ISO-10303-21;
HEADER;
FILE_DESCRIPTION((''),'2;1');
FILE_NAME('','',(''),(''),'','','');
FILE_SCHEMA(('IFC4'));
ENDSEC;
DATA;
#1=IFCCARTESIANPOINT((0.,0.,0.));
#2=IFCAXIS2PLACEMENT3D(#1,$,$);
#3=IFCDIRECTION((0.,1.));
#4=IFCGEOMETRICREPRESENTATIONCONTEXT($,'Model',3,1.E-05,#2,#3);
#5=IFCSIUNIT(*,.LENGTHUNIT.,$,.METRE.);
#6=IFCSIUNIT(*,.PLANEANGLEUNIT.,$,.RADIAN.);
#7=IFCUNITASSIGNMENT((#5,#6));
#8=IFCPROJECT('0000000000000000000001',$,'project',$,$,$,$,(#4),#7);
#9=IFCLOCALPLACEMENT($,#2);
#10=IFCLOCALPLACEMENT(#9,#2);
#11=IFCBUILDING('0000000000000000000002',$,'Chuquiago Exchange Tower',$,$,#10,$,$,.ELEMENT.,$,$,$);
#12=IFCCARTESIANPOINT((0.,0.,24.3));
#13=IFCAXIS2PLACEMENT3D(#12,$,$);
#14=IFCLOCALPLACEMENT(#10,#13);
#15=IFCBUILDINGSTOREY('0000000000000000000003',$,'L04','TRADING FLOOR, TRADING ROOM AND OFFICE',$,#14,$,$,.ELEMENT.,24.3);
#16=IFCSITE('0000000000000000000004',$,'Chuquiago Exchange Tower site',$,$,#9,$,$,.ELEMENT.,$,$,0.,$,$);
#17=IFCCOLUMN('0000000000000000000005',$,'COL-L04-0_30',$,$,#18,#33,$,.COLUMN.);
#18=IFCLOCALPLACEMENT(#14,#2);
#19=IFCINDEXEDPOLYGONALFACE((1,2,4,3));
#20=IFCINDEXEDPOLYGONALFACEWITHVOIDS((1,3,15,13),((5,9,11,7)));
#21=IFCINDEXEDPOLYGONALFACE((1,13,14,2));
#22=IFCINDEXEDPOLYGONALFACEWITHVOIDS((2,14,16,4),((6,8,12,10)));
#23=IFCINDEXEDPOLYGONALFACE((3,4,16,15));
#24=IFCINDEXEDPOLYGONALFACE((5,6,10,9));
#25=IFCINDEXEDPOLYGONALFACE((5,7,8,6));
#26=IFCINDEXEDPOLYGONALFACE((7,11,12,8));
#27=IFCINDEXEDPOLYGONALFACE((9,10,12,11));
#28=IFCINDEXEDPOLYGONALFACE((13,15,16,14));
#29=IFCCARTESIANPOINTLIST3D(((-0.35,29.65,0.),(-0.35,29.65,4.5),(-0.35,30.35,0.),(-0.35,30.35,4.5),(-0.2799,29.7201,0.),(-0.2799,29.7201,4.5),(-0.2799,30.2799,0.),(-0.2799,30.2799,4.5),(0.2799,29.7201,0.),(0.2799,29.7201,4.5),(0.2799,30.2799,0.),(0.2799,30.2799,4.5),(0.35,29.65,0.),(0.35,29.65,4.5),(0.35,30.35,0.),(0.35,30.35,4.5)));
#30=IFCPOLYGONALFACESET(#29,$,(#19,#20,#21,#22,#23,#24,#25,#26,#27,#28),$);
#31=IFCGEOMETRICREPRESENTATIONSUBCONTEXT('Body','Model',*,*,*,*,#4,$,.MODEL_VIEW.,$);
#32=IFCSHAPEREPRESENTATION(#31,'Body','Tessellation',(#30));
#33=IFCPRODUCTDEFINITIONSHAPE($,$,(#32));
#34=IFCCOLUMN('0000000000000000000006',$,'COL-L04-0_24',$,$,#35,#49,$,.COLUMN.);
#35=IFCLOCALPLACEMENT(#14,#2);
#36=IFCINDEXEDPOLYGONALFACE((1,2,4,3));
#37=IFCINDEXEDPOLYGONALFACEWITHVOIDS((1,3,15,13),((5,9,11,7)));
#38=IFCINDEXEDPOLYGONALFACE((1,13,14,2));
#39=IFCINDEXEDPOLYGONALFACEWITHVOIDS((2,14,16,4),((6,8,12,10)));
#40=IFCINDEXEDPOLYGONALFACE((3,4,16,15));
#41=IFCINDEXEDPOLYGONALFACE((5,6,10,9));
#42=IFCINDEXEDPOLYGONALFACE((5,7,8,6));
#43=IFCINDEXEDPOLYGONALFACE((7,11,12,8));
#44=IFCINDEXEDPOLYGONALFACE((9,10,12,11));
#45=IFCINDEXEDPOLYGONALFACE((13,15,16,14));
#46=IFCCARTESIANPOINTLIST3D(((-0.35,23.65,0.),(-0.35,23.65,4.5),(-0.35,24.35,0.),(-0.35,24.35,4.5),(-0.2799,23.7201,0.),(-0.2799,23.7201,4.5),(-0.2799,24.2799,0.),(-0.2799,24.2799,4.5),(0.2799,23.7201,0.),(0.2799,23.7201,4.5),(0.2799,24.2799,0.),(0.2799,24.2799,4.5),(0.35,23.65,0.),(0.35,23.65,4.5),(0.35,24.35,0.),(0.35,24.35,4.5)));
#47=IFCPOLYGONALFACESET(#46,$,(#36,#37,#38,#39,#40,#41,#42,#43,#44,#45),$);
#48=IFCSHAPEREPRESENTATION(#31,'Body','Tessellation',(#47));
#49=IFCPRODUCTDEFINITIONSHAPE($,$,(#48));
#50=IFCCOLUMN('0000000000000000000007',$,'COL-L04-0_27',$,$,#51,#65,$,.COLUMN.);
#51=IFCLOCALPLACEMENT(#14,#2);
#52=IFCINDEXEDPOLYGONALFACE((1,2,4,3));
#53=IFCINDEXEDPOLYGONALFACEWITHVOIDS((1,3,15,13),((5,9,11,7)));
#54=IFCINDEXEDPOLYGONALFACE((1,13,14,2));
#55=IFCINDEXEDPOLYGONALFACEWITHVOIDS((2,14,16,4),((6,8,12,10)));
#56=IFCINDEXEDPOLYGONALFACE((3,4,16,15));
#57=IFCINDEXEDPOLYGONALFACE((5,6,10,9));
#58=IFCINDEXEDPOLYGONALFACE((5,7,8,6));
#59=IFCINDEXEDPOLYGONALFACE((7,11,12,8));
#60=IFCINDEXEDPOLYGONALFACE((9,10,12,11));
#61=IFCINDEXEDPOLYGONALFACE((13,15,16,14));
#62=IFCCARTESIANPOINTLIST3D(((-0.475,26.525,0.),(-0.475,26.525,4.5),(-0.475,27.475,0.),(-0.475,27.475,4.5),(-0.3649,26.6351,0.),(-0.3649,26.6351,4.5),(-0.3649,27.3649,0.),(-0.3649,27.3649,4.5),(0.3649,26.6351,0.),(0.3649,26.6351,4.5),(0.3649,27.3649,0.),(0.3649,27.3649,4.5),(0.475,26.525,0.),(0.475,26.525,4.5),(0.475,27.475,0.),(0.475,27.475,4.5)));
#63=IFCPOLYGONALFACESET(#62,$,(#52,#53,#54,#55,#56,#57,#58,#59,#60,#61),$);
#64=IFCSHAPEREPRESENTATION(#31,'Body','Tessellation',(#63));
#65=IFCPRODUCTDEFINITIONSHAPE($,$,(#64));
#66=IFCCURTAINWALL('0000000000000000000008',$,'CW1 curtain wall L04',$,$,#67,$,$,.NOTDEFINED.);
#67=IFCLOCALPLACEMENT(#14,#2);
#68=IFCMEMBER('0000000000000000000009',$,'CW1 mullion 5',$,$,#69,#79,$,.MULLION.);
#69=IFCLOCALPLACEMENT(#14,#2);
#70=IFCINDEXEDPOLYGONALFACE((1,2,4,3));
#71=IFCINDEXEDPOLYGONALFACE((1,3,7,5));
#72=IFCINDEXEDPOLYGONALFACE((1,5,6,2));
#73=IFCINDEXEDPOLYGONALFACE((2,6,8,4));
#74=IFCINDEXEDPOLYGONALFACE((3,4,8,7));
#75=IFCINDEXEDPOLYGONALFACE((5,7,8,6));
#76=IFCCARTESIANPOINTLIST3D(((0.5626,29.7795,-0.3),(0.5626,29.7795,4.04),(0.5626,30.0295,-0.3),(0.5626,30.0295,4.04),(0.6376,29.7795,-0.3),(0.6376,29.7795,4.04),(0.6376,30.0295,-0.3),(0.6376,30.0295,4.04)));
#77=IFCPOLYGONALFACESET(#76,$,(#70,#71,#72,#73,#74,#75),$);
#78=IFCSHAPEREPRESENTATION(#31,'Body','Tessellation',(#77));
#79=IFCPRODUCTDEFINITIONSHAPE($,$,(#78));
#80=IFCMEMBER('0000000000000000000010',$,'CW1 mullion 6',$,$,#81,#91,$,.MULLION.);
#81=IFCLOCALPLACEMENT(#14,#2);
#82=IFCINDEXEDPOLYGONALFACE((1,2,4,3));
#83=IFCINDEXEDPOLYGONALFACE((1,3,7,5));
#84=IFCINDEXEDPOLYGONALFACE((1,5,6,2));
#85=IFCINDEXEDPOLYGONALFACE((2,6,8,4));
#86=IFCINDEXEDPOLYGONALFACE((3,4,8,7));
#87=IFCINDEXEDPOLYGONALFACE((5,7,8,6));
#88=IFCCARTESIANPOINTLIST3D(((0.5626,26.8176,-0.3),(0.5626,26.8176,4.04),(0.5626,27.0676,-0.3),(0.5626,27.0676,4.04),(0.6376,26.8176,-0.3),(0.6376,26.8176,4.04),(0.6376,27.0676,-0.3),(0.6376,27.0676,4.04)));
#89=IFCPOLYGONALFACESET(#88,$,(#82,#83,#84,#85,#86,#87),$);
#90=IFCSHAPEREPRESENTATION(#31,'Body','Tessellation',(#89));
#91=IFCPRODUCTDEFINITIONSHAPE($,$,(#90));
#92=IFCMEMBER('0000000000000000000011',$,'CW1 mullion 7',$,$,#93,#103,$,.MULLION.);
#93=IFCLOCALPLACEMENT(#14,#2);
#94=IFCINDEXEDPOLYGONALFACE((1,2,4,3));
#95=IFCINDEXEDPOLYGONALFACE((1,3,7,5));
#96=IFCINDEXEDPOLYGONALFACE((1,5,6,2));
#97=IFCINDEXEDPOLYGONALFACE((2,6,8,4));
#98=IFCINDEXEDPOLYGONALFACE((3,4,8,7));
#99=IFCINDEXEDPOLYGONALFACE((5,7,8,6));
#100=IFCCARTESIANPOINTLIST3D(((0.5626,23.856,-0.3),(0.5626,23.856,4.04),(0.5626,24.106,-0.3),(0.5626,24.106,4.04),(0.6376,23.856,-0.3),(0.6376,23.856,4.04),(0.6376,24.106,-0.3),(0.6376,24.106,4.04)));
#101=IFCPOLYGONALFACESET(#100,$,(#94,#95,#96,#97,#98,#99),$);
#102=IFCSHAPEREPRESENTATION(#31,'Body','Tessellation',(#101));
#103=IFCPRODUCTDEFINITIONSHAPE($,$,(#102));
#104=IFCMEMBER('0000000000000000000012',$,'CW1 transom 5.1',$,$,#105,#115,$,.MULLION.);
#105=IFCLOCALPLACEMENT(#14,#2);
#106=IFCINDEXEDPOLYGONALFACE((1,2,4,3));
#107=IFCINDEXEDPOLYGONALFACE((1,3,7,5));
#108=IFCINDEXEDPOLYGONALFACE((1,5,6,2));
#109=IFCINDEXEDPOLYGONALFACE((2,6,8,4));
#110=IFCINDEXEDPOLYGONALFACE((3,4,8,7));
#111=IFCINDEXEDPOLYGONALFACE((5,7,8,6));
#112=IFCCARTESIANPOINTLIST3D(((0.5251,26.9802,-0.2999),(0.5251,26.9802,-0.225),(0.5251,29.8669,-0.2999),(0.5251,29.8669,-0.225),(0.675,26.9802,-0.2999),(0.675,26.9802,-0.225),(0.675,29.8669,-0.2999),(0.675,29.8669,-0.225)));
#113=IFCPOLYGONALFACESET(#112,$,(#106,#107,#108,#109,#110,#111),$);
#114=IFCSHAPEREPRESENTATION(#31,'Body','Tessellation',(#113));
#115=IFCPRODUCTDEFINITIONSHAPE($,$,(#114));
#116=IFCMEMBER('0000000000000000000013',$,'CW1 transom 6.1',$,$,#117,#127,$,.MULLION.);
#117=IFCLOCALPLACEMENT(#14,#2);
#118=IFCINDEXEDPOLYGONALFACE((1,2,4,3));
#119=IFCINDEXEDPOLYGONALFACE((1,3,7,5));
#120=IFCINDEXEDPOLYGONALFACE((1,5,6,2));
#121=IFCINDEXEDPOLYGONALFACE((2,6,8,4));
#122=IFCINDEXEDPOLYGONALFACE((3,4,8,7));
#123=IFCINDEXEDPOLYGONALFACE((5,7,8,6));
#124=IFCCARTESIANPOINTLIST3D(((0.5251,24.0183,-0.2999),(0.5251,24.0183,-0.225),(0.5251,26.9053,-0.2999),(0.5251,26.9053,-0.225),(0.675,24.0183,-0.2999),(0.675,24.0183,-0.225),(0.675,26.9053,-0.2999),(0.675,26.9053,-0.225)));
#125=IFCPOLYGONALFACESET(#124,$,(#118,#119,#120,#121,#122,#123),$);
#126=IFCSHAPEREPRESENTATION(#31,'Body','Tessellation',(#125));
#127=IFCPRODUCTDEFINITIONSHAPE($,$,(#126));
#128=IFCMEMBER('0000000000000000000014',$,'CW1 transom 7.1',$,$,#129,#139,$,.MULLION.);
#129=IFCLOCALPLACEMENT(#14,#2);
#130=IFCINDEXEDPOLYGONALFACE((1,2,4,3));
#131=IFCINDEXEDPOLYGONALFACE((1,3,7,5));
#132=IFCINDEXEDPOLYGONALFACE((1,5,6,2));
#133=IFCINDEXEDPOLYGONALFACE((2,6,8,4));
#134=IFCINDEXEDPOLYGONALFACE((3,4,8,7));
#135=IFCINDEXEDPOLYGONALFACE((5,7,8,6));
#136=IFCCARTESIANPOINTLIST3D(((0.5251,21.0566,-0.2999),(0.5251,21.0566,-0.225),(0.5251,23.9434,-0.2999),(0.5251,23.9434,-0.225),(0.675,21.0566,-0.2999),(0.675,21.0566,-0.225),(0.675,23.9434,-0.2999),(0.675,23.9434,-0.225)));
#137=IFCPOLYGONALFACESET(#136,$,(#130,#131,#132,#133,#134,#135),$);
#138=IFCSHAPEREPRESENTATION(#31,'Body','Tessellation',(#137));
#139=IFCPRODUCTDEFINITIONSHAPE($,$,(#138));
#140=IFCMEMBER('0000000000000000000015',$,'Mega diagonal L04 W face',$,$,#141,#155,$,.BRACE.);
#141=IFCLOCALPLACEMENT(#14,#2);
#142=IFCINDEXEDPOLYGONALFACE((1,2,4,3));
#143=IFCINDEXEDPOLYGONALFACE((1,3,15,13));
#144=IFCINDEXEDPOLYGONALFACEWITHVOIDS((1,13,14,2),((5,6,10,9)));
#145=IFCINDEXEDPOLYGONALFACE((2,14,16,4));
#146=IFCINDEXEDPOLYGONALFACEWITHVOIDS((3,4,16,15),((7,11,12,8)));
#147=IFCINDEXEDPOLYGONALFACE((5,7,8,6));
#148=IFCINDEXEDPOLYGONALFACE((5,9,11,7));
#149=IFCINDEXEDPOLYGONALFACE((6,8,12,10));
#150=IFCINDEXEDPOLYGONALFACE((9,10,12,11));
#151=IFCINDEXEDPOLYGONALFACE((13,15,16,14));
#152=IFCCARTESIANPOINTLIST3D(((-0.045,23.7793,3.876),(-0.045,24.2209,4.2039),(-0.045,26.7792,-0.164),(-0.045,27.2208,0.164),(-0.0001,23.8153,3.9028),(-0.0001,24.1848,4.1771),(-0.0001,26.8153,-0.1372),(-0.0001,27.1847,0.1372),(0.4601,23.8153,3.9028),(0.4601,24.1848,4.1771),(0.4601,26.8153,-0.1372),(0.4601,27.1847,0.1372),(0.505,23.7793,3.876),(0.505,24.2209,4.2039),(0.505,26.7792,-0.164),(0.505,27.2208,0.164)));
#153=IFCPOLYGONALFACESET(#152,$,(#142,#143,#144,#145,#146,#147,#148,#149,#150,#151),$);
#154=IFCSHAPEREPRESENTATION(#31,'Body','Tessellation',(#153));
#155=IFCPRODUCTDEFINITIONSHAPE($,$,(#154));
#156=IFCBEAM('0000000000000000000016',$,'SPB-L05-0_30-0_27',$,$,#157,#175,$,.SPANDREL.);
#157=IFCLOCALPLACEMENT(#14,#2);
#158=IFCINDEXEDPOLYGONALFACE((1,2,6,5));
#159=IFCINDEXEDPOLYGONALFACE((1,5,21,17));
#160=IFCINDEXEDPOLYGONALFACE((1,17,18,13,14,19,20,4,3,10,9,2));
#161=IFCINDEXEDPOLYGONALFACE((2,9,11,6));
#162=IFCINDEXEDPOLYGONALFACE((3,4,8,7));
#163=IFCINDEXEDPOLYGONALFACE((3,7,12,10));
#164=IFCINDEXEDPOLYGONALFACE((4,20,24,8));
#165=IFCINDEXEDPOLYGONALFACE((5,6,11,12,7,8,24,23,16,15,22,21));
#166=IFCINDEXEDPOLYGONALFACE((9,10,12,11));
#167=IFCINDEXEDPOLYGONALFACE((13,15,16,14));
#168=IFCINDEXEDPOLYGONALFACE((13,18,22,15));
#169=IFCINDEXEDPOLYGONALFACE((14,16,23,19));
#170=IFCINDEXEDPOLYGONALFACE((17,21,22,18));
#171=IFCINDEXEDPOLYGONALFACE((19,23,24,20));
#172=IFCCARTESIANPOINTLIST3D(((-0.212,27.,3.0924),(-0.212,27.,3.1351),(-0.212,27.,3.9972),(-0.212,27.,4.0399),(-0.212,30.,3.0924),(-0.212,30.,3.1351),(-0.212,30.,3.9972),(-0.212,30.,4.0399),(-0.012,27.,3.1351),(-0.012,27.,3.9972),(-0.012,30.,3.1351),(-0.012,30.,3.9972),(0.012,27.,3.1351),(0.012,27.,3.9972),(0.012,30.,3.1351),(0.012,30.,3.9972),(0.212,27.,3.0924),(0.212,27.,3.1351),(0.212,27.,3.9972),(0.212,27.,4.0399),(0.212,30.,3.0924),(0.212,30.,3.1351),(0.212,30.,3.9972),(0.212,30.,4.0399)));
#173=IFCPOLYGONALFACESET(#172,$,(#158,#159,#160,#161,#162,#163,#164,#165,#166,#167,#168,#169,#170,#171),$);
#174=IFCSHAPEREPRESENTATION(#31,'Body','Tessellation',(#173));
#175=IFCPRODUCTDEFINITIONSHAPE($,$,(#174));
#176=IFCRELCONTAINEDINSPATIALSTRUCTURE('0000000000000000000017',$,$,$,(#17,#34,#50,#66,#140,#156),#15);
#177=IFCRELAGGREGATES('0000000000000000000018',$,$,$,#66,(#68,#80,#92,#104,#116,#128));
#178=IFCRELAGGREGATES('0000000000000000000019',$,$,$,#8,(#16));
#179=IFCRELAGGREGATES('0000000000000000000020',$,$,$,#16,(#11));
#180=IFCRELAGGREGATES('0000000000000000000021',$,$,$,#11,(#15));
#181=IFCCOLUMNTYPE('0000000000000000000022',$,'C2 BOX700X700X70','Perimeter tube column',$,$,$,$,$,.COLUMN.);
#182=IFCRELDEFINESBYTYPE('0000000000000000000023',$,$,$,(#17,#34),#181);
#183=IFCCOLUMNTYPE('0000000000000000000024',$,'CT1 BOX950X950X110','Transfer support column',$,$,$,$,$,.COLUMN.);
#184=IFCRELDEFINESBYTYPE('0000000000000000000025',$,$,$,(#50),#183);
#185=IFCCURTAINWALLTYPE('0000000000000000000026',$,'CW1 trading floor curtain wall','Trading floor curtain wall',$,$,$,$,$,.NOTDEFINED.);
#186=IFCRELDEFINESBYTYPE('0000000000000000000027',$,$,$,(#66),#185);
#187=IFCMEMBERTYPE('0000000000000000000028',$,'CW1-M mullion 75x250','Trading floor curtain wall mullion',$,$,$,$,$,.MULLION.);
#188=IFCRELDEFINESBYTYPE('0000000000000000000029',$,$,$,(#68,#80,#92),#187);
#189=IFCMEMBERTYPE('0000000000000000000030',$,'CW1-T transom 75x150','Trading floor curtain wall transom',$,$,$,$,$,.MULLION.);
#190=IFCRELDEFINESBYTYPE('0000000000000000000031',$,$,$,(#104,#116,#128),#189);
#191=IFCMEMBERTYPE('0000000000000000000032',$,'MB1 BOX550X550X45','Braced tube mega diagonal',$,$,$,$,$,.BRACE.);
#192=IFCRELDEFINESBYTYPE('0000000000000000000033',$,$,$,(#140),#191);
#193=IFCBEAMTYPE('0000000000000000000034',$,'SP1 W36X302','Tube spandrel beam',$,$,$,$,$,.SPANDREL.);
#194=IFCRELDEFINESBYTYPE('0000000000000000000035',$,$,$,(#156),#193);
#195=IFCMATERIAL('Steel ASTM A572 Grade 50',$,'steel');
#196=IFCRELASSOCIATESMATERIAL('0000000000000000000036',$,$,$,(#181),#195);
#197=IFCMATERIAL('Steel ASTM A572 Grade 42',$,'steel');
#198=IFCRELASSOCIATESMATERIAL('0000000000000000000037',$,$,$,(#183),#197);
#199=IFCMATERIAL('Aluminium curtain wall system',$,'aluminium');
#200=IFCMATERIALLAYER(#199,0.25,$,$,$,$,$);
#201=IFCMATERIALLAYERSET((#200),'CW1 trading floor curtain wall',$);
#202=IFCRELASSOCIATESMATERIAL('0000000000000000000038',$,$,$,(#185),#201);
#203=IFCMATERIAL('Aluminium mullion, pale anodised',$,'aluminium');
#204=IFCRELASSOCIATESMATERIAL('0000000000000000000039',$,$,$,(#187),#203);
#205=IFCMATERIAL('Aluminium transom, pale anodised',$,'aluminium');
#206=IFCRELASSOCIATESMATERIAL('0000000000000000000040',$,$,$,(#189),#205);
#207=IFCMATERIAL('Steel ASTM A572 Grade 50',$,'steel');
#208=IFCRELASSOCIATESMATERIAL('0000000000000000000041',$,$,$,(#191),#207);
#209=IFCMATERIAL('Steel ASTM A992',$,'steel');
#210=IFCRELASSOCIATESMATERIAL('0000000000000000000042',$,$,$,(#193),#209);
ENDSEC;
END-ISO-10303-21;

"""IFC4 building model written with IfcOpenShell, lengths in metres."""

from ifc_helpers import new_model, si_unit, direction, frame, origin, origin_2d, place, context, subcontext, project, spatial, rectangle, hollow_rectangle, i_section, extrude, material, layer, layer_set, material_profile, profile_set, type_object, element, aggregate, save


model = new_model("IFC4")

# Units and contexts
model_context = context("Model", 3, precision=1e-05, world=origin(), true_north=direction((0.0, 1.0)))
body_context = subcontext(model_context, "Body", "Model", "MODEL_VIEW")
ifc_project = project(units=[si_unit("LENGTHUNIT", "METRE"), si_unit("PLANEANGLEUNIT", "RADIAN")], contexts=[model_context])

# Site, building, storey
site_placement = place(None, origin())
site = spatial("IfcSite", under=ifc_project, at=site_placement, Name="Chuquiago Exchange Tower site", CompositionType="ELEMENT", RefElevation=0.0)
building_placement = place(site_placement, origin())
building = spatial("IfcBuilding", under=site, at=building_placement, Name="Chuquiago Exchange Tower", CompositionType="ELEMENT")
storey_placement = place(building_placement, frame((0.0, 0.0, 24.3)))
storey = spatial("IfcBuildingStorey", under=building, at=storey_placement, Name="L04", Description="TRADING FLOOR, TRADING ROOM AND OFFICE", CompositionType="ELEMENT", Elevation=24.3)

# Columns
ifc_material_1 = material(Name="Steel ASTM A572 Grade 50", Category="steel")
ifc_material_profile_1 = material_profile(ifc_material_1, hollow_rectangle(XDim=0.7, YDim=0.7, WallThickness=0.0701, at=origin_2d()), Name="BOX700X700X70")
ifc_profile_set_1 = profile_set([ifc_material_profile_1], Name="Steel ASTM A572 Grade 50")
column_type_1 = type_object("IfcColumnType", Name="C2 BOX700X700X70", Description="Perimeter tube column", PredefinedType="COLUMN", material=ifc_profile_set_1)
for number, where, z_axis, x_axis, name in (
    (1, (0.0, 30.0, 0.0), (0.0, 0.0, 1.0), (-1.0, 0.0, 0.0), "COL-L04-0_30"),
    (2, (0.0, 24.0, 0.0), (0.0, 0.0, 1.0), (-1.0, 0.0, 0.0), "COL-L04-0_24"),
):
    element("IfcColumn", number, at=place(storey_placement, frame(where, z_axis=z_axis, x_axis=x_axis)), inside=storey, type_object=column_type_1, Name=name, PredefinedType="COLUMN", context=body_context, shape_type="SweptSolid", body=[
        extrude(hollow_rectangle(XDim=0.7, YDim=0.7, WallThickness=0.0701, at=origin_2d()), origin(), (0.0, 0.0, 1.0), 4.5),
    ])
ifc_material_2 = material(Name="Steel ASTM A572 Grade 42", Category="steel")
ifc_material_profile_2 = material_profile(ifc_material_2, hollow_rectangle(XDim=0.95, YDim=0.95, WallThickness=0.1101, at=origin_2d()), Name="BOX950X950X110")
ifc_profile_set_2 = profile_set([ifc_material_profile_2], Name="Steel ASTM A572 Grade 42")
column_type_2 = type_object("IfcColumnType", Name="CT1 BOX950X950X110", Description="Transfer support column", PredefinedType="COLUMN", material=ifc_profile_set_2)
column_placement = place(storey_placement, frame((0.0, 27.0, 0.0), z_axis=(0.0, 0.0, 1.0), x_axis=(-1.0, 0.0, 0.0)))
element("IfcColumn", 3, at=column_placement, inside=storey, type_object=column_type_2, Name="COL-L04-0_27", PredefinedType="COLUMN", context=body_context, shape_type="SweptSolid", body=[
    extrude(hollow_rectangle(XDim=0.95, YDim=0.95, WallThickness=0.1101, at=origin_2d()), origin(), (0.0, 0.0, 1.0), 4.5),
])

# Curtain wall, members
ifc_material_3 = material(Name="Aluminium curtain wall system", Category="aluminium")
ifc_layer_1 = layer(ifc_material_3, 0.25)
ifc_layer_set_1 = layer_set([ifc_layer_1], Name="CW1 trading floor curtain wall")
curtain_wall_type = type_object("IfcCurtainWallType", Name="CW1 trading floor curtain wall", Description="Trading floor curtain wall", PredefinedType="NOTDEFINED", material=ifc_layer_set_1)
curtain_wall_placement = place(storey_placement, origin())
curtain_wall = element("IfcCurtainWall", 4, at=curtain_wall_placement, inside=storey, type_object=curtain_wall_type, Name="CW1 curtain wall L04", PredefinedType="NOTDEFINED")
ifc_material_4 = material(Name="Aluminium mullion, pale anodised", Category="aluminium")
ifc_material_profile_3 = material_profile(ifc_material_4, rectangle(XDim=0.075, YDim=0.25, at=origin_2d()), Name="AL 75x250")
ifc_profile_set_3 = profile_set([ifc_material_profile_3], Name="Aluminium mullion, pale anodised")
member_type_1 = type_object("IfcMemberType", Name="CW1-M mullion 75x250", Description="Trading floor curtain wall mullion", PredefinedType="MULLION", material=ifc_profile_set_3)
member_1_placement = place(storey_placement, frame((0.6001, 29.9045, -0.3), z_axis=(0.0, 0.0, 1.0), x_axis=(1.0, 0.0, 0.0)))
member_1 = element("IfcMember", 5, at=member_1_placement, type_object=member_type_1, Name="CW1 mullion 5", PredefinedType="MULLION", context=body_context, shape_type="SweptSolid", body=[
    extrude(rectangle(XDim=0.075, YDim=0.25, at=origin_2d()), origin(), (0.0, 0.0, 1.0), 4.3401),
])
member_2_placement = place(storey_placement, frame((0.6001, 26.9426, -0.3), z_axis=(0.0, 0.0, 1.0), x_axis=(1.0, 0.0, 0.0)))
member_2 = element("IfcMember", 6, at=member_2_placement, type_object=member_type_1, Name="CW1 mullion 6", PredefinedType="MULLION", context=body_context, shape_type="SweptSolid", body=[
    extrude(rectangle(XDim=0.075, YDim=0.25, at=origin_2d()), origin(), (0.0, 0.0, 1.0), 4.3401),
])
member_3_placement = place(storey_placement, frame((0.6001, 23.981, -0.3), z_axis=(0.0, 0.0, 1.0), x_axis=(1.0, 0.0, 0.0)))
member_3 = element("IfcMember", 7, at=member_3_placement, type_object=member_type_1, Name="CW1 mullion 7", PredefinedType="MULLION", context=body_context, shape_type="SweptSolid", body=[
    extrude(rectangle(XDim=0.075, YDim=0.25, at=origin_2d()), origin(), (0.0, 0.0, 1.0), 4.3401),
])
ifc_material_5 = material(Name="Aluminium transom, pale anodised", Category="aluminium")
ifc_material_profile_4 = material_profile(ifc_material_5, rectangle(XDim=0.1499, YDim=0.075, at=origin_2d()), Name="AL 150x75")
ifc_profile_set_4 = profile_set([ifc_material_profile_4], Name="Aluminium transom, pale anodised")
member_type_2 = type_object("IfcMemberType", Name="CW1-T transom 75x150", Description="Trading floor curtain wall transom", PredefinedType="MULLION", material=ifc_profile_set_4)
member_4_placement = place(storey_placement, frame((0.6001, 29.8669, -0.2625), z_axis=(0.0, -1.0, 0.0), x_axis=(1.0, 0.0, 0.0)))
member_4 = element("IfcMember", 8, at=member_4_placement, type_object=member_type_2, Name="CW1 transom 5.1", PredefinedType="MULLION", context=body_context, shape_type="SweptSolid", body=[
    extrude(rectangle(XDim=0.1499, YDim=0.075, at=origin_2d()), origin(), (0.0, 0.0, 1.0), 2.8867),
])
member_5_placement = place(storey_placement, frame((0.6001, 26.9053, -0.2625), z_axis=(0.0, -1.0, 0.0), x_axis=(1.0, 0.0, 0.0)))
member_5 = element("IfcMember", 9, at=member_5_placement, type_object=member_type_2, Name="CW1 transom 6.1", PredefinedType="MULLION", context=body_context, shape_type="SweptSolid", body=[
    extrude(rectangle(XDim=0.1499, YDim=0.075, at=origin_2d()), origin(), (0.0, 0.0, 1.0), 2.887),
])
member_6_placement = place(storey_placement, frame((0.6001, 23.9434, -0.2625), z_axis=(0.0, -1.0, 0.0), x_axis=(1.0, 0.0, 0.0)))
member_6 = element("IfcMember", 10, at=member_6_placement, type_object=member_type_2, Name="CW1 transom 7.1", PredefinedType="MULLION", context=body_context, shape_type="SweptSolid", body=[
    extrude(rectangle(XDim=0.1499, YDim=0.075, at=origin_2d()), origin(), (0.0, 0.0, 1.0), 2.8867),
])

# Member
ifc_material_6 = material(Name="Steel ASTM A572 Grade 50", Category="steel")
ifc_material_profile_5 = material_profile(ifc_material_6, hollow_rectangle(XDim=0.55, YDim=0.55, WallThickness=0.0449, at=origin_2d()), Name="BOX550X550X45")
ifc_profile_set_5 = profile_set([ifc_material_profile_5], Name="Steel ASTM A572 Grade 50")
member_type_3 = type_object("IfcMemberType", Name="MB1 BOX550X550X45", Description="Braced tube mega diagonal", PredefinedType="BRACE", material=ifc_profile_set_5)
member_7_placement = place(storey_placement, frame((0.23, 27.0, 0.0), z_axis=(0.0, -0.596174, 0.802855), x_axis=(1.0, 0.0, 0.0)))
element("IfcMember", 11, at=member_7_placement, inside=storey, type_object=member_type_3, Name="Mega diagonal L04 W face", PredefinedType="BRACE", context=body_context, shape_type="SweptSolid", body=[
    extrude(hollow_rectangle(XDim=0.55, YDim=0.55, WallThickness=0.0449, at=origin_2d()), origin(), (0.0, 0.0, 1.0), 5.032),
])

# Beam
ifc_material_7 = material(Name="Steel ASTM A992", Category="steel")
ifc_material_profile_6 = material_profile(ifc_material_7, i_section(OverallWidth=0.4241, OverallDepth=0.9475, WebThickness=0.0239, FlangeThickness=0.0427, at=origin_2d()), Name="W36X302")
ifc_profile_set_6 = profile_set([ifc_material_profile_6], Name="Steel ASTM A992")
beam_type = type_object("IfcBeamType", Name="SP1 W36X302", Description="Tube spandrel beam", PredefinedType="SPANDREL", material=ifc_profile_set_6)
for number, where, z_axis, x_axis, name in (
    (12, (0.0, 30.0, 3.5662), (0.0, -1.0, 0.0), (1.0, 0.0, 0.0), "SPB-L05-0_30-0_27"),
):
    element("IfcBeam", number, at=place(storey_placement, frame(where, z_axis=z_axis, x_axis=x_axis)), inside=storey, type_object=beam_type, Name=name, PredefinedType="SPANDREL", context=body_context, shape_type="SweptSolid", body=[
        extrude(i_section(OverallWidth=0.4241, OverallDepth=0.9475, WebThickness=0.0239, FlangeThickness=0.0427, at=origin_2d()), origin(), (0.0, 0.0, 1.0), 3.0),
    ])

aggregate(curtain_wall, [member_1, member_2, member_3, member_4, member_5, member_6])

save(model, "model.ifc")
